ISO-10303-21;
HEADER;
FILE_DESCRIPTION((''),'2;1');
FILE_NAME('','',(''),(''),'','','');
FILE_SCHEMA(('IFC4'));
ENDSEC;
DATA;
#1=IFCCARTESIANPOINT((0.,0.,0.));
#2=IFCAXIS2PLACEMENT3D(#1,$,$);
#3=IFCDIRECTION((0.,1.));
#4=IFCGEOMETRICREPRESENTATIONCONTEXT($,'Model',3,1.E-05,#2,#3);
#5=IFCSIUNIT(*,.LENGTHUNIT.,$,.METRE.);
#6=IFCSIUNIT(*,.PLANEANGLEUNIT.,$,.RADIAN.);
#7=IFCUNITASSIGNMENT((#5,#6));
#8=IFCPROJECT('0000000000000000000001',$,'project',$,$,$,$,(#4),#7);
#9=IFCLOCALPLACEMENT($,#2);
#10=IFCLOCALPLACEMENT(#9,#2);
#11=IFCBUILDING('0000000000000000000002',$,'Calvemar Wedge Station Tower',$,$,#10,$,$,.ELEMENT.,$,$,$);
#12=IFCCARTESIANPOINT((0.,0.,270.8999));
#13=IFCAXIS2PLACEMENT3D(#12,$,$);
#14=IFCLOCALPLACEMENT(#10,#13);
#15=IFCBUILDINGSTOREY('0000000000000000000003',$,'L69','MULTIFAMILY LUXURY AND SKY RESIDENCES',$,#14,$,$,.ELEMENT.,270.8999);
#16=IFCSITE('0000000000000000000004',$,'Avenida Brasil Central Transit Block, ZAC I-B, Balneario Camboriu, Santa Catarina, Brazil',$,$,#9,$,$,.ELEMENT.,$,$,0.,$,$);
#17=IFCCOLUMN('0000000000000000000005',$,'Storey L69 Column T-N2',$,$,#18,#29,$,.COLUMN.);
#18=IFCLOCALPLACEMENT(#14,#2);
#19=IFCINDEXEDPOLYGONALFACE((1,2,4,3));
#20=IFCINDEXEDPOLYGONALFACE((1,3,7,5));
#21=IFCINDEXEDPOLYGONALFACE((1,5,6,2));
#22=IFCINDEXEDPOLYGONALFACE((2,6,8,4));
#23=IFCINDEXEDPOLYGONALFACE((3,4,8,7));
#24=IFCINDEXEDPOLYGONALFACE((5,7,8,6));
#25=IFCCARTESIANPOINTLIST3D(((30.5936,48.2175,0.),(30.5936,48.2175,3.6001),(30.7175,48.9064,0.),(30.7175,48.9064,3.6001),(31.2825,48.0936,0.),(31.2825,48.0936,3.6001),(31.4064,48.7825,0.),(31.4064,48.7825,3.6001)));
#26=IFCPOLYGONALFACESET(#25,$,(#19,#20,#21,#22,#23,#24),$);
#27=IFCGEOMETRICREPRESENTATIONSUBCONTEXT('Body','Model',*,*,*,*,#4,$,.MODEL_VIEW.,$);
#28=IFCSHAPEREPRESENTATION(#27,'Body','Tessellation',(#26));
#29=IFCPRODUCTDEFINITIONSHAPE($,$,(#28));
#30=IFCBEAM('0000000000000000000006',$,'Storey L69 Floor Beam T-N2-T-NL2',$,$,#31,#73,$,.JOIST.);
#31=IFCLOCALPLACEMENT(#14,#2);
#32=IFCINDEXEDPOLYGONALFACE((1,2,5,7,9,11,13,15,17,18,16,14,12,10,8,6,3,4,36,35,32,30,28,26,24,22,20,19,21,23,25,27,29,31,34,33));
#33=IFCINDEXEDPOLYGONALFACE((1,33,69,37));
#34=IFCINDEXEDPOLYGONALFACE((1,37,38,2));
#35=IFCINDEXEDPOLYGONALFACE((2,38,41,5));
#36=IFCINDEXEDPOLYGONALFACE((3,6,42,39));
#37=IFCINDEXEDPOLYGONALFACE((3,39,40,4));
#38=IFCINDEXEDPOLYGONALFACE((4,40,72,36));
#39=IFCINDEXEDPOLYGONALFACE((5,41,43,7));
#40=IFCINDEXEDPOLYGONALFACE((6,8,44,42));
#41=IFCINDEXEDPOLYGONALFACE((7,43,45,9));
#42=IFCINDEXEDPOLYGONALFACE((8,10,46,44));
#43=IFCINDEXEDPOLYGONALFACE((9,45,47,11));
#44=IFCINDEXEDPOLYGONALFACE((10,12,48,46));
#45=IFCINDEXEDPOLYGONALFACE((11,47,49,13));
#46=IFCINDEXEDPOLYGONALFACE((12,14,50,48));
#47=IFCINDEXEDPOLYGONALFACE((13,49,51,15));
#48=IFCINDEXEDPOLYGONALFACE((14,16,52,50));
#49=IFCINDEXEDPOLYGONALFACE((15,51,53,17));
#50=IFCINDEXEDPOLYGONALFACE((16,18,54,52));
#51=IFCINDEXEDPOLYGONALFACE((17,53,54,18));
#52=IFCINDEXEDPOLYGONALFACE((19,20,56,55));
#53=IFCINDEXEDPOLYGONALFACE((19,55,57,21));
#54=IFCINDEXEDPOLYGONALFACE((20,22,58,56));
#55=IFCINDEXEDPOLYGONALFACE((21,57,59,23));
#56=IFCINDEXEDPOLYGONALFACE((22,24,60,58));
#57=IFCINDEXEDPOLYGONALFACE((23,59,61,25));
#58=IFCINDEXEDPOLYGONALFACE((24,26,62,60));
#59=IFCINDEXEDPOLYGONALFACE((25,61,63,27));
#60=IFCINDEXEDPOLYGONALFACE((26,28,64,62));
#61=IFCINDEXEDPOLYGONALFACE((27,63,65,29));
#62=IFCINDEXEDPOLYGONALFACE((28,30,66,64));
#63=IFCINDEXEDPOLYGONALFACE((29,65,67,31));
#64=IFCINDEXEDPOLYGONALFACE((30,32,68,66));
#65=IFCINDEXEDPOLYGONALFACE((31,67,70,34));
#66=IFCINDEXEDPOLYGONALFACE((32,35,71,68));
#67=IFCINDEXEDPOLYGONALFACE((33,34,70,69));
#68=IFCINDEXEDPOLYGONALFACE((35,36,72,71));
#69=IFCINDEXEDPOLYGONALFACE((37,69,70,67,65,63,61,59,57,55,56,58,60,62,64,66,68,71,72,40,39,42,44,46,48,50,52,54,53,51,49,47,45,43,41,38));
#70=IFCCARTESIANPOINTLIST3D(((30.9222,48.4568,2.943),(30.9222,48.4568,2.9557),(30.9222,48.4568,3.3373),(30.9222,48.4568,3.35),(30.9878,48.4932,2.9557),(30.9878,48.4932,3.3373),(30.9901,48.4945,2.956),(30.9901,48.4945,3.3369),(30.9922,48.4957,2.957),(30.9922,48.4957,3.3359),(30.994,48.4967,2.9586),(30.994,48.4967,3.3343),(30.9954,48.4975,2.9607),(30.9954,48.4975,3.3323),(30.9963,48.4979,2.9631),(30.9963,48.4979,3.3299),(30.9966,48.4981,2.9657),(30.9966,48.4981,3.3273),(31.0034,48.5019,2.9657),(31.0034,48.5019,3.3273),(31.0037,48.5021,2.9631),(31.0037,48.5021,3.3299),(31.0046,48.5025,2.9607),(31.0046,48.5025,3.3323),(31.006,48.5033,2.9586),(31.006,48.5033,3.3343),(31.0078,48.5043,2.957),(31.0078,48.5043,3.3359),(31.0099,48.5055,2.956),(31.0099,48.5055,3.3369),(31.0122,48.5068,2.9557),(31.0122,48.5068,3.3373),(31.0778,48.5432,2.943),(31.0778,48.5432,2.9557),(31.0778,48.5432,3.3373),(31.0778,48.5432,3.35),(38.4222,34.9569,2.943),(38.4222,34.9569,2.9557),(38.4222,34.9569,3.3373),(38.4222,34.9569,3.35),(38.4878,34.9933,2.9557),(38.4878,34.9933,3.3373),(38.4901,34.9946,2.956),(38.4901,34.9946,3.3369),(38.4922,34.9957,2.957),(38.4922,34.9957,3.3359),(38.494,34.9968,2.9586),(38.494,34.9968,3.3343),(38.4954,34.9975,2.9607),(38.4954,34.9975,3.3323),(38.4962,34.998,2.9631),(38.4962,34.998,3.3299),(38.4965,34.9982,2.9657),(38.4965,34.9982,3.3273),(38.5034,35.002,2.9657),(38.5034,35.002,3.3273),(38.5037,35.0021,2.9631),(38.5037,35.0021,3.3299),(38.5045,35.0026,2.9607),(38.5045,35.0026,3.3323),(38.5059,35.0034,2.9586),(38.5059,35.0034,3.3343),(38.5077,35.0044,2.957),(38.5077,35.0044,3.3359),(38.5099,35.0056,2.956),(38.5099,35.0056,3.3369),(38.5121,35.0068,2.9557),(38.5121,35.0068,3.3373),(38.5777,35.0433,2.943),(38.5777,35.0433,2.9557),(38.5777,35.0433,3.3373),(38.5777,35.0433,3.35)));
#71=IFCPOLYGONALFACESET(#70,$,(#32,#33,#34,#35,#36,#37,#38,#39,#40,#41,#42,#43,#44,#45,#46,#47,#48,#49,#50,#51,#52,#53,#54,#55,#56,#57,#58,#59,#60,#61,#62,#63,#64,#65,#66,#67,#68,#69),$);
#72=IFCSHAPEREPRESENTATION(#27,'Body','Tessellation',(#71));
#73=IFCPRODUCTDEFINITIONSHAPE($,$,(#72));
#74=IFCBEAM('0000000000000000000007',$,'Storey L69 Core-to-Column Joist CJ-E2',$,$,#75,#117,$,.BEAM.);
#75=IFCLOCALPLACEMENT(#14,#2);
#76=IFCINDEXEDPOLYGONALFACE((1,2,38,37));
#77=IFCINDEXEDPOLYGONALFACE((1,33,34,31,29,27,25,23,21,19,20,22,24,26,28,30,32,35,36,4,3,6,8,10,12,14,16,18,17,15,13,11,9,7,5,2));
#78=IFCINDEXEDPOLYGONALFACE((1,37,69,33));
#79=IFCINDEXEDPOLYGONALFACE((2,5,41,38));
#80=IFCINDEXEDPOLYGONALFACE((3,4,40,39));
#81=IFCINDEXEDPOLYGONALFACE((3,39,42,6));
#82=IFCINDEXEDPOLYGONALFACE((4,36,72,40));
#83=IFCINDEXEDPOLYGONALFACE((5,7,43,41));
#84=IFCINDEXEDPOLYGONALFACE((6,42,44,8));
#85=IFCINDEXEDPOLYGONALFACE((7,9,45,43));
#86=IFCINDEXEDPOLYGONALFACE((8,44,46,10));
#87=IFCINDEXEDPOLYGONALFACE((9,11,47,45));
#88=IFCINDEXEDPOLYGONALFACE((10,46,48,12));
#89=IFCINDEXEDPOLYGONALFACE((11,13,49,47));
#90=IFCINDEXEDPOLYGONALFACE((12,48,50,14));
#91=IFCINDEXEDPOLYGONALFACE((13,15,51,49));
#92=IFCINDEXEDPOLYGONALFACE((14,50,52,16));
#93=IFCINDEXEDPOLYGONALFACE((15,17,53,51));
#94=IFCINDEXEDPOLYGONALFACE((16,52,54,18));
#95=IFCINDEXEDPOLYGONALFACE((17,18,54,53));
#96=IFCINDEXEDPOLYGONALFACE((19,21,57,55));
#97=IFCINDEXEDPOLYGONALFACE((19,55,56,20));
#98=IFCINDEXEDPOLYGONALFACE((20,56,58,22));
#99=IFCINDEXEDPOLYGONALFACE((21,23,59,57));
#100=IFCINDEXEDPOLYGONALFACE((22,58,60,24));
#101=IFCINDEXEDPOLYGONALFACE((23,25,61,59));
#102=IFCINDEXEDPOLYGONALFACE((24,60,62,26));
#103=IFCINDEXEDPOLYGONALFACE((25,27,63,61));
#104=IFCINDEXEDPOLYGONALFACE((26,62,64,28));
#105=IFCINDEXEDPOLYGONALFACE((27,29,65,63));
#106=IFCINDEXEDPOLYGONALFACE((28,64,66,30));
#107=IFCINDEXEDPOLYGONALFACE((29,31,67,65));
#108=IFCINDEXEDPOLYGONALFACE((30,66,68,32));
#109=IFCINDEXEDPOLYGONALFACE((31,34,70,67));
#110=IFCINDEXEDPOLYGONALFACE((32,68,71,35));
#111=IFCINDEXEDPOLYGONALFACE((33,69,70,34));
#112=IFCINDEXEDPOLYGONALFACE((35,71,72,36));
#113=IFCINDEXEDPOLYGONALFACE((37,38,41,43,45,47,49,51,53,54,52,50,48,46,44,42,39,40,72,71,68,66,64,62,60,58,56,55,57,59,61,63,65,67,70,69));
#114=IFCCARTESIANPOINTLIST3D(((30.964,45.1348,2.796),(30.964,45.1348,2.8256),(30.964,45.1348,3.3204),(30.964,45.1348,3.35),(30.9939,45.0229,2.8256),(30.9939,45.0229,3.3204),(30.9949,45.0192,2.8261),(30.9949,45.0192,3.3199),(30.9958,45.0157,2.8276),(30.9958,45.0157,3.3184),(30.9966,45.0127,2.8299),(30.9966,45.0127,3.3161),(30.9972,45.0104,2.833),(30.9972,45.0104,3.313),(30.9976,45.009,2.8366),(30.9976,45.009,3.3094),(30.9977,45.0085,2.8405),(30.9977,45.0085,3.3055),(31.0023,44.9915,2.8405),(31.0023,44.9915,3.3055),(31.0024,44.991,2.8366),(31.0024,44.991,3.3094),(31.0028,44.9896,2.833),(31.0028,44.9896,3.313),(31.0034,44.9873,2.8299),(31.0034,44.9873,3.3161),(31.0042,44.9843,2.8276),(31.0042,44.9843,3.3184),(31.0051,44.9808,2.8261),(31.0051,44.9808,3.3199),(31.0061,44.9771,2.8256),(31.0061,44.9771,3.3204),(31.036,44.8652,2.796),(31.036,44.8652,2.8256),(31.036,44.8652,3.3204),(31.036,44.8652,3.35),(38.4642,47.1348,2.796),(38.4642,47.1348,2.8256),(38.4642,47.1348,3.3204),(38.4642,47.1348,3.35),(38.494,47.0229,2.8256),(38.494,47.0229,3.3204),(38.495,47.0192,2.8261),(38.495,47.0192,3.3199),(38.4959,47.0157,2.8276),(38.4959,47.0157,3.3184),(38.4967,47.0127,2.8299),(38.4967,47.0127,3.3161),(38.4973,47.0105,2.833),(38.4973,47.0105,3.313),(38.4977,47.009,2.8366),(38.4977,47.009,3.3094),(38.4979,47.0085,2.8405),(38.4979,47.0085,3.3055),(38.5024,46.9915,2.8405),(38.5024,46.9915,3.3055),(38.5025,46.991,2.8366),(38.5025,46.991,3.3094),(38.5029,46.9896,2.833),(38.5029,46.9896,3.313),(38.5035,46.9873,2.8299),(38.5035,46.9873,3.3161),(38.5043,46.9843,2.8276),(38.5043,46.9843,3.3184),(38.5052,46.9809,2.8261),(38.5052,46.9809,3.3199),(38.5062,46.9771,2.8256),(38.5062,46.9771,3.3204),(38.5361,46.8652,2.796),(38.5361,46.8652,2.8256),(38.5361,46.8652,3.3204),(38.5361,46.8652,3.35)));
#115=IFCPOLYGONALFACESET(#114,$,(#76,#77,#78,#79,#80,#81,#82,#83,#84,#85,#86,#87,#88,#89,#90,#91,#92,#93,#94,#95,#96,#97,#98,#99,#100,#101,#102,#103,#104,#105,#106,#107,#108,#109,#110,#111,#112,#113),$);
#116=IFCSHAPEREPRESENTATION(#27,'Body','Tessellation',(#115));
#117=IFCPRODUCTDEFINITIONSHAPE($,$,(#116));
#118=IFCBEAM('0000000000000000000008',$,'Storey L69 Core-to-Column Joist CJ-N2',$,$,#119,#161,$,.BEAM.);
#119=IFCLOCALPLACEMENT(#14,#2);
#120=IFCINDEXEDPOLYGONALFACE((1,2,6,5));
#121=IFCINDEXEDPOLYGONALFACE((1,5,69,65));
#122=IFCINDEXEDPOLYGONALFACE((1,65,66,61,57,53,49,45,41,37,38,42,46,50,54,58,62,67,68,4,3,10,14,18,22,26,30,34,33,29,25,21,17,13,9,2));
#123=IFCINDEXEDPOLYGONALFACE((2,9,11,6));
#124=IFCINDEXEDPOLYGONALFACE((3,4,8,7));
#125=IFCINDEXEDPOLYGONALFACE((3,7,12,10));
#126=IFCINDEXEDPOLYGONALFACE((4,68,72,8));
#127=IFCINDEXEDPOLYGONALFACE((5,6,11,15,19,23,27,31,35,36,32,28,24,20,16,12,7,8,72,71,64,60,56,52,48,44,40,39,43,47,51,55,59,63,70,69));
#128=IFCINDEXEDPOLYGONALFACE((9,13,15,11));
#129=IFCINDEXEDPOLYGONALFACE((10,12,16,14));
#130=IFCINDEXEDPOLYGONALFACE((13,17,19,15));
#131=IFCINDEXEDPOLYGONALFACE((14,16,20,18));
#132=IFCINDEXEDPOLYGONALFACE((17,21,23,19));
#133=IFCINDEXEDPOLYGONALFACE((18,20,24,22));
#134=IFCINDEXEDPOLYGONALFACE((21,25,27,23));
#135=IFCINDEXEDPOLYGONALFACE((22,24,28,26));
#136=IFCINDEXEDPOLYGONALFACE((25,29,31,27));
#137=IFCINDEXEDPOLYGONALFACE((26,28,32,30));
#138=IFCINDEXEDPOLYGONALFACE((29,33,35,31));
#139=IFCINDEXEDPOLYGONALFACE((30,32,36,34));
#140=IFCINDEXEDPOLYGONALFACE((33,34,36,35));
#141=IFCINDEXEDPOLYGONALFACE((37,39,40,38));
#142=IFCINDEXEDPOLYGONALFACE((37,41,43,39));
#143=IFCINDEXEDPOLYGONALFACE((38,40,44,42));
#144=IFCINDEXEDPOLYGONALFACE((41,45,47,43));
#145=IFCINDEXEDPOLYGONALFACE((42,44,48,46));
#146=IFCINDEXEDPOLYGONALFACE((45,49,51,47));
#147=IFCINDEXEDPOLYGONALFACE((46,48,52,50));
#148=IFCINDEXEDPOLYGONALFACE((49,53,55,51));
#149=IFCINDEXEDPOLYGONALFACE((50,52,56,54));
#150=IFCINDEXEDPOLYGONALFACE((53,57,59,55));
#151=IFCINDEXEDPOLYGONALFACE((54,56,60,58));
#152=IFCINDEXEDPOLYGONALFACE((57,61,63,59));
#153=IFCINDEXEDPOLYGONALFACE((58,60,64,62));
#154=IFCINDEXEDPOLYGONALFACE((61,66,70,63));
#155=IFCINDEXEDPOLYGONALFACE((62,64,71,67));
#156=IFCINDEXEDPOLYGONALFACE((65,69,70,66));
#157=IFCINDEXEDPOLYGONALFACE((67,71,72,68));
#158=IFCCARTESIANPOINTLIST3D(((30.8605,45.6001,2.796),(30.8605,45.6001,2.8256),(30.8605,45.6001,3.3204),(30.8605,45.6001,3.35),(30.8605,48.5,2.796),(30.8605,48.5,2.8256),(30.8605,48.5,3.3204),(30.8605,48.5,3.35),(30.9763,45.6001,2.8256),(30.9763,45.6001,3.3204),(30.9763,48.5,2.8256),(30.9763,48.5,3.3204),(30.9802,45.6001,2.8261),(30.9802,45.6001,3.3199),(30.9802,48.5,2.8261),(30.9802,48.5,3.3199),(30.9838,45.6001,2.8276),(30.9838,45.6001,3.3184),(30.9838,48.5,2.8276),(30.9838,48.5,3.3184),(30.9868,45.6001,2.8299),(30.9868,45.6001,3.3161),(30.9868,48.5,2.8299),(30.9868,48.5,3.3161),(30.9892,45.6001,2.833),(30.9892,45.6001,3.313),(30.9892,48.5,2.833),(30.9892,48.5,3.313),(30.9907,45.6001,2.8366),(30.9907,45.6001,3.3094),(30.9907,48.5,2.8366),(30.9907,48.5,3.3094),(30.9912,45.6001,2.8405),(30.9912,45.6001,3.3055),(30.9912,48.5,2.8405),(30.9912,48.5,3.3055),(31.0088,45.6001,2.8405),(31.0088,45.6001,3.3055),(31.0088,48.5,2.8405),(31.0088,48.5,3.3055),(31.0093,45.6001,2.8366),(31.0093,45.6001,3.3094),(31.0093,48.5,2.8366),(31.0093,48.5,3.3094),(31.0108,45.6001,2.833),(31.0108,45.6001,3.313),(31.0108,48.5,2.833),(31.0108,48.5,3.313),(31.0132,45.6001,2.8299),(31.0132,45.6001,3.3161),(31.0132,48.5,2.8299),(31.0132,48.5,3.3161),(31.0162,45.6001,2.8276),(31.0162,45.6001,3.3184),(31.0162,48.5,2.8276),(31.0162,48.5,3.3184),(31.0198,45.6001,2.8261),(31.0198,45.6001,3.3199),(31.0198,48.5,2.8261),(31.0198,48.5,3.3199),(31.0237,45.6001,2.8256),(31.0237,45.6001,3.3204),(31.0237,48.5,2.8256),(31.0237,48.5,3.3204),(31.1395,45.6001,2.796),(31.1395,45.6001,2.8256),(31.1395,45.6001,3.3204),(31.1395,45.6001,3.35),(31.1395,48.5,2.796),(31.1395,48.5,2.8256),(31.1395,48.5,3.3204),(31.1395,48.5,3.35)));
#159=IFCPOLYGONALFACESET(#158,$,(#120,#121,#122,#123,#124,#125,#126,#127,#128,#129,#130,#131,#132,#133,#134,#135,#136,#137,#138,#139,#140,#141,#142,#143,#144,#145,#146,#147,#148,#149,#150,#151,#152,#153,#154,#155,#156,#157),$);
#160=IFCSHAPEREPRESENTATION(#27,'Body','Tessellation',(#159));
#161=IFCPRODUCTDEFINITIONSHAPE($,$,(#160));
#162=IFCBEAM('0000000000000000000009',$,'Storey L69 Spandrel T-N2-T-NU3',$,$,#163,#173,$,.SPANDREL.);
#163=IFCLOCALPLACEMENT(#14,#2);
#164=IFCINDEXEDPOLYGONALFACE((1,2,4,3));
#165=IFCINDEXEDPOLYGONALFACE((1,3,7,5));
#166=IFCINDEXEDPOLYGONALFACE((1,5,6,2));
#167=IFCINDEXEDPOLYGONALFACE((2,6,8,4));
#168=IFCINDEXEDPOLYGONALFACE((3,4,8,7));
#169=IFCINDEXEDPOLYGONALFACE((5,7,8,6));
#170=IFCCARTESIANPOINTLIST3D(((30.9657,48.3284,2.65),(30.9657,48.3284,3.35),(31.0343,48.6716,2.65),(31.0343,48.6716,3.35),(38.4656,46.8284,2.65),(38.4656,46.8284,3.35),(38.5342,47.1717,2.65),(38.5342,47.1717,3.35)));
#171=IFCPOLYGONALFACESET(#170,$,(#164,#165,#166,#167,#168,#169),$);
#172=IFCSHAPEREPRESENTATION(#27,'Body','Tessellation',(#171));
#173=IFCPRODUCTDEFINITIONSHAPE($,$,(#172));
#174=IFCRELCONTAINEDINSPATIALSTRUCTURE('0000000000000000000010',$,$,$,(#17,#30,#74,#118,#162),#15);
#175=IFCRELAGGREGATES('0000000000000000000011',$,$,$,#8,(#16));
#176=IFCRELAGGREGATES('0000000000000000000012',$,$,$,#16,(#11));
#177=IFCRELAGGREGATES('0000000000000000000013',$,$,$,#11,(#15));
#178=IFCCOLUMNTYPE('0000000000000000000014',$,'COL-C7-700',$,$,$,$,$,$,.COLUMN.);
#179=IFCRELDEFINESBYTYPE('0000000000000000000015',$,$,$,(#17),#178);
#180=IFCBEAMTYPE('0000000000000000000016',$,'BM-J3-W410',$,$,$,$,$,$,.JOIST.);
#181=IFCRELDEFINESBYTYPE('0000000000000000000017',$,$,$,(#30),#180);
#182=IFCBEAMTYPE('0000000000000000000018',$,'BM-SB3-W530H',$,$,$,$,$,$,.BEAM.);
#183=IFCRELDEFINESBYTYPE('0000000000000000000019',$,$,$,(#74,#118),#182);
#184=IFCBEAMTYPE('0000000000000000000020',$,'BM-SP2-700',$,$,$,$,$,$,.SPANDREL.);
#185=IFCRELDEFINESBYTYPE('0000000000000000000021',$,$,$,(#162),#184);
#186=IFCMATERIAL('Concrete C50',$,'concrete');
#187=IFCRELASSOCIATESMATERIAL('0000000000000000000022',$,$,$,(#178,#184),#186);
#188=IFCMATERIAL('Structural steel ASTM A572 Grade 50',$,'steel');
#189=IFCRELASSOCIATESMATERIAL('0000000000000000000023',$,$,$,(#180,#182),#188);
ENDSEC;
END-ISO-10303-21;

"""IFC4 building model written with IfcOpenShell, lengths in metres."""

from ifc_helpers import new_model, si_unit, direction, frame, origin, origin_2d, place, context, subcontext, project, spatial, rectangle, i_section, extrude, source, transform, mapped, material, material_profile, profile_set, type_object, element, save


model = new_model("IFC4")

# Units and contexts
model_context = context("Model", 3, precision=1e-05, world=origin(), true_north=direction((0.0, 1.0)))
body_context = subcontext(model_context, "Body", "Model", "MODEL_VIEW")
ifc_project = project(units=[si_unit("LENGTHUNIT", "METRE"), si_unit("PLANEANGLEUNIT", "RADIAN")], contexts=[model_context])

# Site, building, storey
site_placement = place(None, origin())
site = spatial("IfcSite", under=ifc_project, at=site_placement, Name="Avenida Brasil Central Transit Block, ZAC I-B, Balneario Camboriu, Santa Catarina, Brazil", CompositionType="ELEMENT", RefElevation=0.0)
building_placement = place(site_placement, origin())
building = spatial("IfcBuilding", under=site, at=building_placement, Name="Calvemar Wedge Station Tower", CompositionType="ELEMENT")
storey_placement = place(building_placement, frame((0.0, 0.0, 270.8999)))
storey = spatial("IfcBuildingStorey", under=building, at=storey_placement, Name="L69", Description="MULTIFAMILY LUXURY AND SKY RESIDENCES", CompositionType="ELEMENT", Elevation=270.8999)

# Column
ifc_material_1 = material(Name="Concrete C50", Category="concrete")
ifc_material_profile_1 = material_profile(ifc_material_1, rectangle(XDim=0.7, YDim=0.7, at=origin_2d()), Name="RC700x700")
ifc_profile_set_1 = profile_set([ifc_material_profile_1], Name="Concrete C50")
column_type = type_object("IfcColumnType", Name="COL-C7-700", PredefinedType="COLUMN", material=ifc_profile_set_1)
shared_shape_1 = source(origin(), body_context, "Body", "SweptSolid", [
    extrude(rectangle(XDim=0.7, YDim=0.7, at=origin_2d()), origin(), (0.0, 0.0, 1.0), 3.6001),
])
column_placement = place(storey_placement, frame((31.0, 48.5, 0.0), z_axis=(0.0, 0.0, 1.0), x_axis=(0.984196, -0.177085, 0.0)))
element("IfcColumn", 1, at=column_placement, inside=storey, type_object=column_type, Name="Storey L69 Column T-N2", PredefinedType="COLUMN", context=body_context, shape_type="MappedRepresentation", body=[
    mapped(shared_shape_1, transform((0.0, 0.0, 0.0), scale=1.0)),
])

# Beams
ifc_material_2 = material(Name="Structural steel ASTM A572 Grade 50", Category="steel")
ifc_material_profile_2 = material_profile(ifc_material_2, i_section(OverallWidth=0.178, OverallDepth=0.407, WebThickness=0.0078, FlangeThickness=0.0127, FilletRadius=0.01, at=origin_2d()), Name="W410x60")
ifc_profile_set_2 = profile_set([ifc_material_profile_2], Name="Structural steel ASTM A572 Grade 50")
beam_type_1 = type_object("IfcBeamType", Name="BM-J3-W410", PredefinedType="JOIST", material=ifc_profile_set_2)
shared_shape_2 = source(origin(), body_context, "Body", "SweptSolid", [
    extrude(i_section(OverallWidth=0.178, OverallDepth=0.407, WebThickness=0.0078, FlangeThickness=0.0127, FilletRadius=0.01, at=origin_2d()), origin(), (0.0, 0.0, 1.0), 15.4434),
])
beam_1_placement = place(storey_placement, frame((31.0, 48.5, 3.1465), z_axis=(0.485643, -0.874157, 0.0), x_axis=(0.874157, 0.485643, 0.0)))
element("IfcBeam", 2, at=beam_1_placement, inside=storey, type_object=beam_type_1, Name="Storey L69 Floor Beam T-N2-T-NL2", PredefinedType="JOIST", context=body_context, shape_type="MappedRepresentation", body=[
    mapped(shared_shape_2, transform((0.0, 0.0, 0.0), scale=1.0)),
])
ifc_material_profile_3 = material_profile(ifc_material_2, i_section(OverallWidth=0.2791, OverallDepth=0.554, WebThickness=0.0176, FlangeThickness=0.0295, FilletRadius=0.0149, at=origin_2d()), Name="W530x196")
ifc_profile_set_3 = profile_set([ifc_material_profile_3], Name="Structural steel ASTM A572 Grade 50")
beam_type_2 = type_object("IfcBeamType", Name="BM-SB3-W530H", PredefinedType="BEAM", material=ifc_profile_set_3)
shared_shape_3 = source(origin(), body_context, "Body", "SweptSolid", [
    extrude(i_section(OverallWidth=0.2791, OverallDepth=0.554, WebThickness=0.0176, FlangeThickness=0.0295, FilletRadius=0.0149, at=origin_2d()), origin(), (0.0, 0.0, 1.0), 7.7622),
])
beam_2_placement = place(storey_placement, frame((31.0, 45.0, 3.073), z_axis=(0.966235, 0.257663, 0.0), x_axis=(-0.257663, 0.966235, 0.0)))
element("IfcBeam", 3, at=beam_2_placement, inside=storey, type_object=beam_type_2, Name="Storey L69 Core-to-Column Joist CJ-E2", PredefinedType="BEAM", context=body_context, shape_type="MappedRepresentation", body=[
    mapped(shared_shape_3, transform((0.0, 0.0, 0.0), scale=1.0)),
])
shared_shape_4 = source(origin(), body_context, "Body", "SweptSolid", [
    extrude(i_section(OverallWidth=0.2791, OverallDepth=0.554, WebThickness=0.0176, FlangeThickness=0.0295, FilletRadius=0.0149, at=origin_2d()), origin(), (0.0, 0.0, 1.0), 2.8999),
])
beam_3_placement = place(storey_placement, frame((31.0, 45.6001, 3.073), z_axis=(0.0, 1.0, 0.0), x_axis=(-1.0, 0.0, 0.0)))
element("IfcBeam", 4, at=beam_3_placement, inside=storey, type_object=beam_type_2, Name="Storey L69 Core-to-Column Joist CJ-N2", PredefinedType="BEAM", context=body_context, shape_type="MappedRepresentation", body=[
    mapped(shared_shape_4, transform((0.0, 0.0, 0.0), scale=1.0)),
])
ifc_material_profile_4 = material_profile(ifc_material_1, rectangle(XDim=0.3501, YDim=0.7, at=origin_2d()), Name="RC350x700")
ifc_profile_set_4 = profile_set([ifc_material_profile_4], Name="Concrete C50")
beam_type_3 = type_object("IfcBeamType", Name="BM-SP2-700", PredefinedType="SPANDREL", material=ifc_profile_set_4)
shared_shape_5 = source(origin(), body_context, "Body", "SweptSolid", [
    extrude(rectangle(XDim=0.3501, YDim=0.7, at=origin_2d()), origin(), (0.0, 0.0, 1.0), 7.6484),
])
beam_4_placement = place(storey_placement, frame((31.0, 48.5, 3.0), z_axis=(0.980581, -0.196116, 0.0), x_axis=(0.196116, 0.980581, 0.0)))
element("IfcBeam", 5, at=beam_4_placement, inside=storey, type_object=beam_type_3, Name="Storey L69 Spandrel T-N2-T-NU3", PredefinedType="SPANDREL", context=body_context, shape_type="MappedRepresentation", body=[
    mapped(shared_shape_5, transform((0.0, 0.0, 0.0), scale=1.0)),
])

save(model, "model.ifc")
